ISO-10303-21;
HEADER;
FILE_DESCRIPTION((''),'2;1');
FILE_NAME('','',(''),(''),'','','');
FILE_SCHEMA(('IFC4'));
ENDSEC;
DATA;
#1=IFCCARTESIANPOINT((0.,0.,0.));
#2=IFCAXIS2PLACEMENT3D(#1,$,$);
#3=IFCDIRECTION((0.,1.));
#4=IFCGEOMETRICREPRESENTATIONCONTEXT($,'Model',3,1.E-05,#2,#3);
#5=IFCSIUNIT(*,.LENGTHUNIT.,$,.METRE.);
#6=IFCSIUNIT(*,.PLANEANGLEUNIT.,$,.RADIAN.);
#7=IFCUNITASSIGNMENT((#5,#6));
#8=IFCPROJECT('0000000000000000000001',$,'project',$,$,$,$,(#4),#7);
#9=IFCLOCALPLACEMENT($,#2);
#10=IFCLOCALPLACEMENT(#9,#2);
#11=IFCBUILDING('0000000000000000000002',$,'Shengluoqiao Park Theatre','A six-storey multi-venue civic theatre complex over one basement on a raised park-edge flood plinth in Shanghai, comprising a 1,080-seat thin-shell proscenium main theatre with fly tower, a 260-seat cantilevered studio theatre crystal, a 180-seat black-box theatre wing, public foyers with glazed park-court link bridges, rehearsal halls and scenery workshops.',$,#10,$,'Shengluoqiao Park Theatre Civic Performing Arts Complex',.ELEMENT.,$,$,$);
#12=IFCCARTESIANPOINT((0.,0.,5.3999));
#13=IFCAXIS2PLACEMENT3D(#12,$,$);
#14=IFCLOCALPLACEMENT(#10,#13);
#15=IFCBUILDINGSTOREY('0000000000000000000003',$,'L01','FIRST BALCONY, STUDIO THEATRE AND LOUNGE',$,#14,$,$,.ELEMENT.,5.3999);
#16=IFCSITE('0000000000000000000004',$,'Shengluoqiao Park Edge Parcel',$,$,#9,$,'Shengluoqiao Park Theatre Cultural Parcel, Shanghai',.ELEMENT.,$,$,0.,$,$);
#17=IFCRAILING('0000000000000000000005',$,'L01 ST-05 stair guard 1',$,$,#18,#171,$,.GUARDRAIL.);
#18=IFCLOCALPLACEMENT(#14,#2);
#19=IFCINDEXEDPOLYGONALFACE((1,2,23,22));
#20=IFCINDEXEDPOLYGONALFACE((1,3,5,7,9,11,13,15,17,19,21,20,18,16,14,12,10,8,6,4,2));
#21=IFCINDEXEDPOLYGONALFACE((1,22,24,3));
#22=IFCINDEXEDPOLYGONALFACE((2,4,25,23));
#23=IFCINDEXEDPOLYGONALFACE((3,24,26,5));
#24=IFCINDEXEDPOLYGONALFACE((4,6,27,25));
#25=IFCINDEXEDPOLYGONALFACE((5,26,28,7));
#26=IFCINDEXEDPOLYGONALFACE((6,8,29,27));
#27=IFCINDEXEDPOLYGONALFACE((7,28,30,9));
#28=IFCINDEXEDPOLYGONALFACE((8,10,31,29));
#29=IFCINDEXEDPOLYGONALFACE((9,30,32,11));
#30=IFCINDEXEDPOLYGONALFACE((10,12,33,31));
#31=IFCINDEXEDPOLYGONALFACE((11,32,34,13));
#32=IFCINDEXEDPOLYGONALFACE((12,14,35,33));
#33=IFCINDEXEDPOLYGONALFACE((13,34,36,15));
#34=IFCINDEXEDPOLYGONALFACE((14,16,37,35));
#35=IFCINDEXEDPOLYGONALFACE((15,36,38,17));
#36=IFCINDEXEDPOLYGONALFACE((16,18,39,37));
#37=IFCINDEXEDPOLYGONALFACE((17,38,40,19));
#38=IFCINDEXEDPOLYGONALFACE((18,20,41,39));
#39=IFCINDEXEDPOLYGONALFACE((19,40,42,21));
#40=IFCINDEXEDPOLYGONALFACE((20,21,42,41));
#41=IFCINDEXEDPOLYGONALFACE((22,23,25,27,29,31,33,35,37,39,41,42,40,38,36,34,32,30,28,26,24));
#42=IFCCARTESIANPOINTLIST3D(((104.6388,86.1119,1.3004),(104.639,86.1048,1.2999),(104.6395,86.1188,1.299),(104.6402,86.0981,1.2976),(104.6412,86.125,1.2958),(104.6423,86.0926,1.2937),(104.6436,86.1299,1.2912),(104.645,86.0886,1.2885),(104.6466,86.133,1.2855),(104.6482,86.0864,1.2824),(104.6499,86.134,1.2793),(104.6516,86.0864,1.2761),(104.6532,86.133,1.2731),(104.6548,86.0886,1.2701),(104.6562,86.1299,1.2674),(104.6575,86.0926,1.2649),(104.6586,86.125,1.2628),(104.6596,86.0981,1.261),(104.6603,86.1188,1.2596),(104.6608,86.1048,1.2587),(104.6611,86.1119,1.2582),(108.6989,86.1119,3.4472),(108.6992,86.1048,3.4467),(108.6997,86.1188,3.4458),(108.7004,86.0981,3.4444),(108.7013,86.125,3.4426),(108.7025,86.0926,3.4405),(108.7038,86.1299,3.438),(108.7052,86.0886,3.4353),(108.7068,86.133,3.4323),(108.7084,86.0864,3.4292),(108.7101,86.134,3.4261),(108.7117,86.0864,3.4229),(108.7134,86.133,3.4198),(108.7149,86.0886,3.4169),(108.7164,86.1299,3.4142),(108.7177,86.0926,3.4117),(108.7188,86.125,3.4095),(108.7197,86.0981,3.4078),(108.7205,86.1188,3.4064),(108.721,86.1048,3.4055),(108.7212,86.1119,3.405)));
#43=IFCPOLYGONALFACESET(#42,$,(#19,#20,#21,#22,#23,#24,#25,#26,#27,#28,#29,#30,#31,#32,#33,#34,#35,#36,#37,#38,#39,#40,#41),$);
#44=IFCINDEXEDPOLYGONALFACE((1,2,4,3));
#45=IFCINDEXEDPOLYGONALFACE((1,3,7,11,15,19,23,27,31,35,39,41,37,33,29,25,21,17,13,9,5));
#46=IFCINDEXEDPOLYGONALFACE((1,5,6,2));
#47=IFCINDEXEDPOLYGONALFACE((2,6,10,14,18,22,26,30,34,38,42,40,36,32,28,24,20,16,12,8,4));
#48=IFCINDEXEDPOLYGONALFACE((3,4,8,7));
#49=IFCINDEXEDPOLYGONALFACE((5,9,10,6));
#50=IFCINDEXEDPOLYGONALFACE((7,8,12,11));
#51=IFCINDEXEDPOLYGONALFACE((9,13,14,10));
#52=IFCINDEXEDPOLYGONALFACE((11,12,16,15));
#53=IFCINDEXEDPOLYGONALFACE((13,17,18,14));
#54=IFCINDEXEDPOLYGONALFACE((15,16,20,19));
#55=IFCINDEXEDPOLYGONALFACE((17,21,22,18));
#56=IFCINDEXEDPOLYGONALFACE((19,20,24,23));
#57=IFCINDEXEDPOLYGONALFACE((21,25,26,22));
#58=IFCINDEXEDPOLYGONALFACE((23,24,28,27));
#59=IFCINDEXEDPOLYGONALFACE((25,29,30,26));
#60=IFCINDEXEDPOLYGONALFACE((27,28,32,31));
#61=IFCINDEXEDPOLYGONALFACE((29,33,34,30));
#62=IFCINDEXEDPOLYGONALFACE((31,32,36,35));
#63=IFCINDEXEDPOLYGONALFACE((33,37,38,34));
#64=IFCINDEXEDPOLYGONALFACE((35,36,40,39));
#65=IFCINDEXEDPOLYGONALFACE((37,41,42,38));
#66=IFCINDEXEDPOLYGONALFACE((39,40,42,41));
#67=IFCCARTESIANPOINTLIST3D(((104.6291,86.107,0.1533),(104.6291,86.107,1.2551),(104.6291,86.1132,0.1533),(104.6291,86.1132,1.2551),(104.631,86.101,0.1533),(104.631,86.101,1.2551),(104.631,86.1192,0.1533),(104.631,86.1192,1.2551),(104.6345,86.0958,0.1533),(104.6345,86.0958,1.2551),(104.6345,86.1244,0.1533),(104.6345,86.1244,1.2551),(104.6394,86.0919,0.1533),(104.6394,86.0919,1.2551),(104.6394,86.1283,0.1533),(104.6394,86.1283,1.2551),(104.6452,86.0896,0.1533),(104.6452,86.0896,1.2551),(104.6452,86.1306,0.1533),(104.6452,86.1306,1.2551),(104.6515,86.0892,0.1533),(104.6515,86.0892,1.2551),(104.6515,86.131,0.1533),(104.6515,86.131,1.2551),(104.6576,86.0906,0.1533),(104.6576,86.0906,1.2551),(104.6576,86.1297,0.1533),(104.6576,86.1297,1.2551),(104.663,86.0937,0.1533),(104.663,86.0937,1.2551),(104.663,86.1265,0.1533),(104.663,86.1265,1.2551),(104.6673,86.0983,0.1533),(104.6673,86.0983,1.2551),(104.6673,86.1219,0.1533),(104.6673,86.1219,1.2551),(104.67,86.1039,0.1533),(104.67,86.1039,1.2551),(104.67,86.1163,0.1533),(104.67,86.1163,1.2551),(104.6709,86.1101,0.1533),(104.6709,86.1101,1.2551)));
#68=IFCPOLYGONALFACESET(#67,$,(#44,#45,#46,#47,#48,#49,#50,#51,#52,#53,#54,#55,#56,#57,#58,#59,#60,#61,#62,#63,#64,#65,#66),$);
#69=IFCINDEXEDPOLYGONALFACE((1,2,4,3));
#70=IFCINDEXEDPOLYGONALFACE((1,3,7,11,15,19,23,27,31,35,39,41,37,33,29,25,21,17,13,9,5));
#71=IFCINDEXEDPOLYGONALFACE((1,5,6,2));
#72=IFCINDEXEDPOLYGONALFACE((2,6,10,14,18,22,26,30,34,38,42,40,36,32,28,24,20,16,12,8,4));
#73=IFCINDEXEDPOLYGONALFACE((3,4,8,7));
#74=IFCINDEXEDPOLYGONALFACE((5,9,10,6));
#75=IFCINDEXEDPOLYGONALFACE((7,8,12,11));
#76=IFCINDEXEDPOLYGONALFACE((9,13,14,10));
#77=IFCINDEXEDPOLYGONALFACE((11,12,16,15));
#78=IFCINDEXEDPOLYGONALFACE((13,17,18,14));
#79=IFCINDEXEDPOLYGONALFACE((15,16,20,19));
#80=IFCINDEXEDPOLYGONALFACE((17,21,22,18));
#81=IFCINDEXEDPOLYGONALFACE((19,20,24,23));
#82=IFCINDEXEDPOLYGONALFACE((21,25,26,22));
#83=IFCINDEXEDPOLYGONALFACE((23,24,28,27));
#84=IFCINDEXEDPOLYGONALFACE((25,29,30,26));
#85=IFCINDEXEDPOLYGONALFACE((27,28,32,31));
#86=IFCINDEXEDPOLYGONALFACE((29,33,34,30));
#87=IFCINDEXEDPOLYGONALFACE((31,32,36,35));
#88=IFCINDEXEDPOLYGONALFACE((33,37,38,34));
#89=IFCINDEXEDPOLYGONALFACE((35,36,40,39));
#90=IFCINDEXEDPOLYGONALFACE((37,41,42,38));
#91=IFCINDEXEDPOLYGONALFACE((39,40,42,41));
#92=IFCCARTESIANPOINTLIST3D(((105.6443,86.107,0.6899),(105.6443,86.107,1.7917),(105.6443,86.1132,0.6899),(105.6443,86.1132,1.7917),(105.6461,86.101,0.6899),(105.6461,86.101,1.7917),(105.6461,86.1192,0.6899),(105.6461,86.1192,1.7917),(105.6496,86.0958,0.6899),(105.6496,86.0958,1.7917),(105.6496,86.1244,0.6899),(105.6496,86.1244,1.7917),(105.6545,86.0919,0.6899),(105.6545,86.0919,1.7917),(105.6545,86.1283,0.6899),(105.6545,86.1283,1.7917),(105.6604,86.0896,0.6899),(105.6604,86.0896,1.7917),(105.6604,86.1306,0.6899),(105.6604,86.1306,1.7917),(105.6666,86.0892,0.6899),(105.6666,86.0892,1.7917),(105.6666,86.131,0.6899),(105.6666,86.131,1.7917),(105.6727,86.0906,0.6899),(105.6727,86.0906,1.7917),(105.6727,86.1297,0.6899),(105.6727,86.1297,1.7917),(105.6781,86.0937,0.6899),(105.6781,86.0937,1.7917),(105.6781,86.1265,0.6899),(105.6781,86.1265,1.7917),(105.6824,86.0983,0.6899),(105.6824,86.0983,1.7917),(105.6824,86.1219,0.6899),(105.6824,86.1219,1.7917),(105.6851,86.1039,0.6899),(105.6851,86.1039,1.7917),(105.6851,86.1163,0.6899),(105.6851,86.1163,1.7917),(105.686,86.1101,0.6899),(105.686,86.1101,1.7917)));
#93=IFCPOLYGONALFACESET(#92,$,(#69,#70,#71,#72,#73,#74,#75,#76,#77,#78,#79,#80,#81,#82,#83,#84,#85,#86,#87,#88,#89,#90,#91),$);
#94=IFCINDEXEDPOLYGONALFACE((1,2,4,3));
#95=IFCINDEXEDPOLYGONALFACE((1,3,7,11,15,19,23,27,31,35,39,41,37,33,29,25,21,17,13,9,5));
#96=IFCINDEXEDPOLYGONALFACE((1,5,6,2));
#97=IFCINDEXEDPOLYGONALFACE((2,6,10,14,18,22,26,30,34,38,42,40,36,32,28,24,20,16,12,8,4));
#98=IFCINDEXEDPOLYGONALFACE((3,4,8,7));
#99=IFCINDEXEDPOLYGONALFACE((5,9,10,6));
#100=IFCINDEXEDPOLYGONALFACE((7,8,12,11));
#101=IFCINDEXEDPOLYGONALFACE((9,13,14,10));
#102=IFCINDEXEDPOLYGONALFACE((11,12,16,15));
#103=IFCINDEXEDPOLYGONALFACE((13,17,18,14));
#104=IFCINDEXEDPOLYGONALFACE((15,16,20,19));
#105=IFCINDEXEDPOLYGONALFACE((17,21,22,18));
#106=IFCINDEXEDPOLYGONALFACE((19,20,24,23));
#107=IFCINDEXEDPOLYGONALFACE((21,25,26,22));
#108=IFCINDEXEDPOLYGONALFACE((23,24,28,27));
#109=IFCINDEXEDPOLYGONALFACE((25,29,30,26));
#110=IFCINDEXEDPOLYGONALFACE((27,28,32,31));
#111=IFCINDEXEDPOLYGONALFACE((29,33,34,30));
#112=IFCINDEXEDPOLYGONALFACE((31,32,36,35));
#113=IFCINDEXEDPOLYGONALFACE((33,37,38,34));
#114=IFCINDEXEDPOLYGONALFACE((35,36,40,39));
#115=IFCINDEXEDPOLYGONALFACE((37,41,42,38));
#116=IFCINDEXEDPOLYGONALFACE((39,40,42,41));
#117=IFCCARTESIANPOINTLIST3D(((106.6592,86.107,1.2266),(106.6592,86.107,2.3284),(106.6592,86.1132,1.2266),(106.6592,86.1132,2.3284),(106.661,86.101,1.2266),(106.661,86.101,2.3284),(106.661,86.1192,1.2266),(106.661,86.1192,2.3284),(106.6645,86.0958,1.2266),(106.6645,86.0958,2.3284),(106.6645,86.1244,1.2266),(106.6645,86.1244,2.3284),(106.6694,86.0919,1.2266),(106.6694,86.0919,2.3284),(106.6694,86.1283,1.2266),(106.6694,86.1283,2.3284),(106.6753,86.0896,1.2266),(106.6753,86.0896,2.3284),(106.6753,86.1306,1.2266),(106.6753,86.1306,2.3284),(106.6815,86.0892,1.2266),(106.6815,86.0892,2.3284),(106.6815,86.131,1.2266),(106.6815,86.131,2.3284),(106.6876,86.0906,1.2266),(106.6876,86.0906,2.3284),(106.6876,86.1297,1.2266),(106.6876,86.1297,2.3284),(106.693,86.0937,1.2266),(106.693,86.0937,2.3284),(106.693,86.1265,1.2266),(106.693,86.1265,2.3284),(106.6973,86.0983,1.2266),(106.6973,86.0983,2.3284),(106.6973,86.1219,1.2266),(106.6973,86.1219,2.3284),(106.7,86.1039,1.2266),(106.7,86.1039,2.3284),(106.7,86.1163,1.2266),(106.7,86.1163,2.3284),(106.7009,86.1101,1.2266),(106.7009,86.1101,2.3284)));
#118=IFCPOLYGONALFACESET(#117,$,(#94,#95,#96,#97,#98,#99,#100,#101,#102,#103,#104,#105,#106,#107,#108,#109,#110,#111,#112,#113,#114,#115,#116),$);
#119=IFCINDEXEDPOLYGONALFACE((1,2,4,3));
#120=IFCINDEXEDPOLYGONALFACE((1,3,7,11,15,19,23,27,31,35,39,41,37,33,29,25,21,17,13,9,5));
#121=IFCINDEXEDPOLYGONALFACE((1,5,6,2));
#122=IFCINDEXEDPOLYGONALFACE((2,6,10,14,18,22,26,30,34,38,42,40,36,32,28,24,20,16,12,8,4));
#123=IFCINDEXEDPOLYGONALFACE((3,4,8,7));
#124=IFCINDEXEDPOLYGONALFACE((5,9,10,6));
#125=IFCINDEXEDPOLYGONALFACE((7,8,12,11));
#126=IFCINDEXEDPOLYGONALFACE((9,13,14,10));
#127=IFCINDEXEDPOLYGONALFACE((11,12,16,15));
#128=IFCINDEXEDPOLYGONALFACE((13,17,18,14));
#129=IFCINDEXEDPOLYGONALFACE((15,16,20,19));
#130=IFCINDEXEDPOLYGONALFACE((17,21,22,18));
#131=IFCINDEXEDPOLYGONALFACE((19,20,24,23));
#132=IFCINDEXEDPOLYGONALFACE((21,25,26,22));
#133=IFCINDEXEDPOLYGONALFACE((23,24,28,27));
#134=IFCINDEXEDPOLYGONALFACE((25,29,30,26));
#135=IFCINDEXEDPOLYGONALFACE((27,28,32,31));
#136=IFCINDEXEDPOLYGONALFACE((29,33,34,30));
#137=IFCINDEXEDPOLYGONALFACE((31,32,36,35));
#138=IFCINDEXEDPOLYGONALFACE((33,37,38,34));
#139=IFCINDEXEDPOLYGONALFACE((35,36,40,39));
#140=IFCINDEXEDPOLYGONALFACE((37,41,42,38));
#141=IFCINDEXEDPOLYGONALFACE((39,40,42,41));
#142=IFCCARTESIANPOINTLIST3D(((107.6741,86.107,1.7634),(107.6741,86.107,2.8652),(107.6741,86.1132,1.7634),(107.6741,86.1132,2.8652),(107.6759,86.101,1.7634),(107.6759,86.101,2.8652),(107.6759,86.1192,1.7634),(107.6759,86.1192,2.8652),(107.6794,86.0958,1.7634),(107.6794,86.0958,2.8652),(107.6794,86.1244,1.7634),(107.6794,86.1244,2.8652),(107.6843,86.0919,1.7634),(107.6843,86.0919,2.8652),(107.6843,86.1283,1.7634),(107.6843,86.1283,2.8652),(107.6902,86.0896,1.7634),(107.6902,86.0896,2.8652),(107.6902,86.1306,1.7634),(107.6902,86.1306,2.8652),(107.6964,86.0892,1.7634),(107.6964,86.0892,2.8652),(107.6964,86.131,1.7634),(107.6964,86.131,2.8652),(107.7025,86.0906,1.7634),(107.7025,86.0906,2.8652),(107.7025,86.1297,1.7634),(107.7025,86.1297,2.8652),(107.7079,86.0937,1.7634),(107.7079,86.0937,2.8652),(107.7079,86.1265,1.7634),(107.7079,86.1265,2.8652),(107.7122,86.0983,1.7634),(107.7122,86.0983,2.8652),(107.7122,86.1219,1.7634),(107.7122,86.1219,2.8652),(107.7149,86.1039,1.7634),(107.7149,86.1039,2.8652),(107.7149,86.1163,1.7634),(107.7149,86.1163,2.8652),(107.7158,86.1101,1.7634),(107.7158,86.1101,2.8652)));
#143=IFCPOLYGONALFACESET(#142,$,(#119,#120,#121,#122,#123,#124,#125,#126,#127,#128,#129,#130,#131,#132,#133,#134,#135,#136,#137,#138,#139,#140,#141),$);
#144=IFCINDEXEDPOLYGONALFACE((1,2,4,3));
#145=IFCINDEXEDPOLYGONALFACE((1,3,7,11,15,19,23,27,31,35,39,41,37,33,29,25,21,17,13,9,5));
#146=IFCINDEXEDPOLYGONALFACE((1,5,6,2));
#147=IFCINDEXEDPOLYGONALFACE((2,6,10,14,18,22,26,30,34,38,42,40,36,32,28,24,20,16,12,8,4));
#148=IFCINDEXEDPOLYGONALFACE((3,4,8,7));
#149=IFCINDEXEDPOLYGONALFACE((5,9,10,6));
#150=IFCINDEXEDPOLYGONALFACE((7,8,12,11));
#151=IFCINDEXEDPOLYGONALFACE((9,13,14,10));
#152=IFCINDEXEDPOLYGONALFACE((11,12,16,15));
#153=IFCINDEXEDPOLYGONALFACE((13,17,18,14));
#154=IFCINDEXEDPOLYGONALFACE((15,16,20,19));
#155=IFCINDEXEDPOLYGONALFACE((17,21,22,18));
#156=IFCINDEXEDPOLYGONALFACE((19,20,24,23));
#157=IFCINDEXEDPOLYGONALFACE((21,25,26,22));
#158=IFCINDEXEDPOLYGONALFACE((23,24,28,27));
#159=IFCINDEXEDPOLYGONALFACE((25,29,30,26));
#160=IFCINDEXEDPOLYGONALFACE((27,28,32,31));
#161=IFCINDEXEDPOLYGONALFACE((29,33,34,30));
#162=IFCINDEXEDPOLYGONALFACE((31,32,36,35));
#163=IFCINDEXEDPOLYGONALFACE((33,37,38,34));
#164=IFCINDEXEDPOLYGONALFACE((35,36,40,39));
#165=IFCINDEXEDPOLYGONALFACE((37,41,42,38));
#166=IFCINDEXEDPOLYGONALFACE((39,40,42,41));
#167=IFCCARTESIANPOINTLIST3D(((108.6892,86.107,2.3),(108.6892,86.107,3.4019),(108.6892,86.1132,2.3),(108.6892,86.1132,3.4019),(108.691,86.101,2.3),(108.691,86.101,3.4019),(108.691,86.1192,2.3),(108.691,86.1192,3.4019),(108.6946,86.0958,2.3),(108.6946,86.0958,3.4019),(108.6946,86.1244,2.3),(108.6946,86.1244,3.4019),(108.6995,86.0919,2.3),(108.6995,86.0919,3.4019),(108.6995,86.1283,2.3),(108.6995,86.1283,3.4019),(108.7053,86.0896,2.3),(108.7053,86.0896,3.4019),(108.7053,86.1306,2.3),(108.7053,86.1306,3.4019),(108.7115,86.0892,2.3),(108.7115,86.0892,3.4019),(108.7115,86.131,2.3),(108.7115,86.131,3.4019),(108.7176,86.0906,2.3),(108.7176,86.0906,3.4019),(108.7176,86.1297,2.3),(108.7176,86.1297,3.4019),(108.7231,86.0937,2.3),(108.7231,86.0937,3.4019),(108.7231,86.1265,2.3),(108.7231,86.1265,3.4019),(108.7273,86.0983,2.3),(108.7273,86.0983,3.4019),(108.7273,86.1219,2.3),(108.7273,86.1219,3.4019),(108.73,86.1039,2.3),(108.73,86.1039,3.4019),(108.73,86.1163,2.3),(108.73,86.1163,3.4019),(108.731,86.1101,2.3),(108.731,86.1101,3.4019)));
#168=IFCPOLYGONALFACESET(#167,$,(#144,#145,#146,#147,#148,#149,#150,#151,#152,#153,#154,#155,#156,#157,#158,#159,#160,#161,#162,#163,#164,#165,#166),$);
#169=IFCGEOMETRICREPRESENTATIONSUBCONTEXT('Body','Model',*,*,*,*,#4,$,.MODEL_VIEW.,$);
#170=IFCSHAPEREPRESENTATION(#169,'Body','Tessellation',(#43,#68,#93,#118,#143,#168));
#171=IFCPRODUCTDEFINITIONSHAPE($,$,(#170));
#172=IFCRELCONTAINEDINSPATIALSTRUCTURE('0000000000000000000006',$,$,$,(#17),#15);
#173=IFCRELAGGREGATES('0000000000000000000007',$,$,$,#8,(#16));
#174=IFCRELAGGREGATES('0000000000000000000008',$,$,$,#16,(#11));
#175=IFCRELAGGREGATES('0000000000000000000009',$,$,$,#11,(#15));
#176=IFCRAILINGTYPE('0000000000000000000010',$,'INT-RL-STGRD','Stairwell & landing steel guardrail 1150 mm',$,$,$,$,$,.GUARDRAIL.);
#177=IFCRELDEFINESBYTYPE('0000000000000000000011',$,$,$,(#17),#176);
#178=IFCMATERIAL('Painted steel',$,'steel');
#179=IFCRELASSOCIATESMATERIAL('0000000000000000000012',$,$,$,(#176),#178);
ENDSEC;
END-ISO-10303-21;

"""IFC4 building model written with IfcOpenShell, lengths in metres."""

from ifc_helpers import new_model, si_unit, direction, frame, origin, origin_2d, place, context, subcontext, project, spatial, circle, extrude, material, type_object, element, save


model = new_model("IFC4")

# Units and contexts
model_context = context("Model", 3, precision=1e-05, world=origin(), true_north=direction((0.0, 1.0)))
body_context = subcontext(model_context, "Body", "Model", "MODEL_VIEW")
ifc_project = project(units=[si_unit("LENGTHUNIT", "METRE"), si_unit("PLANEANGLEUNIT", "RADIAN")], contexts=[model_context])

# Site, building, storey
site_placement = place(None, origin())
site = spatial("IfcSite", under=ifc_project, at=site_placement, Name="Shengluoqiao Park Edge Parcel", LongName="Shengluoqiao Park Theatre Cultural Parcel, Shanghai", CompositionType="ELEMENT", RefElevation=0.0)
building_placement = place(site_placement, origin())
building = spatial("IfcBuilding", under=site, at=building_placement, Name="Shengluoqiao Park Theatre", Description="A six-storey multi-venue civic theatre complex over one basement on a raised park-edge flood plinth in Shanghai, comprising a 1,080-seat thin-shell proscenium main theatre with fly tower, a 260-seat cantilevered studio theatre crystal, a 180-seat black-box theatre wing, public foyers with glazed park-court link bridges, rehearsal halls and scenery workshops.", LongName="Shengluoqiao Park Theatre Civic Performing Arts Complex", CompositionType="ELEMENT")
storey_placement = place(building_placement, frame((0.0, 0.0, 5.3999)))
storey = spatial("IfcBuildingStorey", under=building, at=storey_placement, Name="L01", Description="FIRST BALCONY, STUDIO THEATRE AND LOUNGE", CompositionType="ELEMENT", Elevation=5.3999)

# Railing
ifc_material_1 = material(Name="Painted steel", Category="steel")
railing_type_1 = type_object("IfcRailingType", Name="INT-RL-STGRD", Description="Stairwell & landing steel guardrail 1150 mm", PredefinedType="GUARDRAIL", material=ifc_material_1)
railing_1_placement = place(storey_placement, frame((104.6499, 86.1101, 0.1533)))
element("IfcRailing", 1, at=railing_1_placement, inside=storey, type_object=railing_type_1, Name="L01 ST-05 stair guard 1", PredefinedType="GUARDRAIL", context=body_context, shape_type="SweptSolid", body=[
    extrude(circle(Radius=0.0239, at=origin_2d()), frame((0.0, 0.0, 1.126), z_axis=(0.884032, 0.0, 0.467426), x_axis=(0.0, 1.0, 0.0)), (0.0, 0.0, 1.0), 4.5928),
    extrude(circle(Radius=0.021, at=origin_2d()), origin(), (0.0, 0.0, 1.0), 1.1018),
    extrude(circle(Radius=0.021, at=origin_2d()), frame((1.0151, 0.0, 0.5366)), (0.0, 0.0, 1.0), 1.1018),
    extrude(circle(Radius=0.021, at=origin_2d()), frame((2.03, 0.0, 1.0732)), (0.0, 0.0, 1.0), 1.1018),
    extrude(circle(Radius=0.021, at=origin_2d()), frame((3.0449, 0.0, 1.6101)), (0.0, 0.0, 1.0), 1.1018),
    extrude(circle(Radius=0.021, at=origin_2d()), frame((4.0601, 0.0, 2.1467)), (0.0, 0.0, 1.0), 1.1018),
])

save(model, "model.ifc")
